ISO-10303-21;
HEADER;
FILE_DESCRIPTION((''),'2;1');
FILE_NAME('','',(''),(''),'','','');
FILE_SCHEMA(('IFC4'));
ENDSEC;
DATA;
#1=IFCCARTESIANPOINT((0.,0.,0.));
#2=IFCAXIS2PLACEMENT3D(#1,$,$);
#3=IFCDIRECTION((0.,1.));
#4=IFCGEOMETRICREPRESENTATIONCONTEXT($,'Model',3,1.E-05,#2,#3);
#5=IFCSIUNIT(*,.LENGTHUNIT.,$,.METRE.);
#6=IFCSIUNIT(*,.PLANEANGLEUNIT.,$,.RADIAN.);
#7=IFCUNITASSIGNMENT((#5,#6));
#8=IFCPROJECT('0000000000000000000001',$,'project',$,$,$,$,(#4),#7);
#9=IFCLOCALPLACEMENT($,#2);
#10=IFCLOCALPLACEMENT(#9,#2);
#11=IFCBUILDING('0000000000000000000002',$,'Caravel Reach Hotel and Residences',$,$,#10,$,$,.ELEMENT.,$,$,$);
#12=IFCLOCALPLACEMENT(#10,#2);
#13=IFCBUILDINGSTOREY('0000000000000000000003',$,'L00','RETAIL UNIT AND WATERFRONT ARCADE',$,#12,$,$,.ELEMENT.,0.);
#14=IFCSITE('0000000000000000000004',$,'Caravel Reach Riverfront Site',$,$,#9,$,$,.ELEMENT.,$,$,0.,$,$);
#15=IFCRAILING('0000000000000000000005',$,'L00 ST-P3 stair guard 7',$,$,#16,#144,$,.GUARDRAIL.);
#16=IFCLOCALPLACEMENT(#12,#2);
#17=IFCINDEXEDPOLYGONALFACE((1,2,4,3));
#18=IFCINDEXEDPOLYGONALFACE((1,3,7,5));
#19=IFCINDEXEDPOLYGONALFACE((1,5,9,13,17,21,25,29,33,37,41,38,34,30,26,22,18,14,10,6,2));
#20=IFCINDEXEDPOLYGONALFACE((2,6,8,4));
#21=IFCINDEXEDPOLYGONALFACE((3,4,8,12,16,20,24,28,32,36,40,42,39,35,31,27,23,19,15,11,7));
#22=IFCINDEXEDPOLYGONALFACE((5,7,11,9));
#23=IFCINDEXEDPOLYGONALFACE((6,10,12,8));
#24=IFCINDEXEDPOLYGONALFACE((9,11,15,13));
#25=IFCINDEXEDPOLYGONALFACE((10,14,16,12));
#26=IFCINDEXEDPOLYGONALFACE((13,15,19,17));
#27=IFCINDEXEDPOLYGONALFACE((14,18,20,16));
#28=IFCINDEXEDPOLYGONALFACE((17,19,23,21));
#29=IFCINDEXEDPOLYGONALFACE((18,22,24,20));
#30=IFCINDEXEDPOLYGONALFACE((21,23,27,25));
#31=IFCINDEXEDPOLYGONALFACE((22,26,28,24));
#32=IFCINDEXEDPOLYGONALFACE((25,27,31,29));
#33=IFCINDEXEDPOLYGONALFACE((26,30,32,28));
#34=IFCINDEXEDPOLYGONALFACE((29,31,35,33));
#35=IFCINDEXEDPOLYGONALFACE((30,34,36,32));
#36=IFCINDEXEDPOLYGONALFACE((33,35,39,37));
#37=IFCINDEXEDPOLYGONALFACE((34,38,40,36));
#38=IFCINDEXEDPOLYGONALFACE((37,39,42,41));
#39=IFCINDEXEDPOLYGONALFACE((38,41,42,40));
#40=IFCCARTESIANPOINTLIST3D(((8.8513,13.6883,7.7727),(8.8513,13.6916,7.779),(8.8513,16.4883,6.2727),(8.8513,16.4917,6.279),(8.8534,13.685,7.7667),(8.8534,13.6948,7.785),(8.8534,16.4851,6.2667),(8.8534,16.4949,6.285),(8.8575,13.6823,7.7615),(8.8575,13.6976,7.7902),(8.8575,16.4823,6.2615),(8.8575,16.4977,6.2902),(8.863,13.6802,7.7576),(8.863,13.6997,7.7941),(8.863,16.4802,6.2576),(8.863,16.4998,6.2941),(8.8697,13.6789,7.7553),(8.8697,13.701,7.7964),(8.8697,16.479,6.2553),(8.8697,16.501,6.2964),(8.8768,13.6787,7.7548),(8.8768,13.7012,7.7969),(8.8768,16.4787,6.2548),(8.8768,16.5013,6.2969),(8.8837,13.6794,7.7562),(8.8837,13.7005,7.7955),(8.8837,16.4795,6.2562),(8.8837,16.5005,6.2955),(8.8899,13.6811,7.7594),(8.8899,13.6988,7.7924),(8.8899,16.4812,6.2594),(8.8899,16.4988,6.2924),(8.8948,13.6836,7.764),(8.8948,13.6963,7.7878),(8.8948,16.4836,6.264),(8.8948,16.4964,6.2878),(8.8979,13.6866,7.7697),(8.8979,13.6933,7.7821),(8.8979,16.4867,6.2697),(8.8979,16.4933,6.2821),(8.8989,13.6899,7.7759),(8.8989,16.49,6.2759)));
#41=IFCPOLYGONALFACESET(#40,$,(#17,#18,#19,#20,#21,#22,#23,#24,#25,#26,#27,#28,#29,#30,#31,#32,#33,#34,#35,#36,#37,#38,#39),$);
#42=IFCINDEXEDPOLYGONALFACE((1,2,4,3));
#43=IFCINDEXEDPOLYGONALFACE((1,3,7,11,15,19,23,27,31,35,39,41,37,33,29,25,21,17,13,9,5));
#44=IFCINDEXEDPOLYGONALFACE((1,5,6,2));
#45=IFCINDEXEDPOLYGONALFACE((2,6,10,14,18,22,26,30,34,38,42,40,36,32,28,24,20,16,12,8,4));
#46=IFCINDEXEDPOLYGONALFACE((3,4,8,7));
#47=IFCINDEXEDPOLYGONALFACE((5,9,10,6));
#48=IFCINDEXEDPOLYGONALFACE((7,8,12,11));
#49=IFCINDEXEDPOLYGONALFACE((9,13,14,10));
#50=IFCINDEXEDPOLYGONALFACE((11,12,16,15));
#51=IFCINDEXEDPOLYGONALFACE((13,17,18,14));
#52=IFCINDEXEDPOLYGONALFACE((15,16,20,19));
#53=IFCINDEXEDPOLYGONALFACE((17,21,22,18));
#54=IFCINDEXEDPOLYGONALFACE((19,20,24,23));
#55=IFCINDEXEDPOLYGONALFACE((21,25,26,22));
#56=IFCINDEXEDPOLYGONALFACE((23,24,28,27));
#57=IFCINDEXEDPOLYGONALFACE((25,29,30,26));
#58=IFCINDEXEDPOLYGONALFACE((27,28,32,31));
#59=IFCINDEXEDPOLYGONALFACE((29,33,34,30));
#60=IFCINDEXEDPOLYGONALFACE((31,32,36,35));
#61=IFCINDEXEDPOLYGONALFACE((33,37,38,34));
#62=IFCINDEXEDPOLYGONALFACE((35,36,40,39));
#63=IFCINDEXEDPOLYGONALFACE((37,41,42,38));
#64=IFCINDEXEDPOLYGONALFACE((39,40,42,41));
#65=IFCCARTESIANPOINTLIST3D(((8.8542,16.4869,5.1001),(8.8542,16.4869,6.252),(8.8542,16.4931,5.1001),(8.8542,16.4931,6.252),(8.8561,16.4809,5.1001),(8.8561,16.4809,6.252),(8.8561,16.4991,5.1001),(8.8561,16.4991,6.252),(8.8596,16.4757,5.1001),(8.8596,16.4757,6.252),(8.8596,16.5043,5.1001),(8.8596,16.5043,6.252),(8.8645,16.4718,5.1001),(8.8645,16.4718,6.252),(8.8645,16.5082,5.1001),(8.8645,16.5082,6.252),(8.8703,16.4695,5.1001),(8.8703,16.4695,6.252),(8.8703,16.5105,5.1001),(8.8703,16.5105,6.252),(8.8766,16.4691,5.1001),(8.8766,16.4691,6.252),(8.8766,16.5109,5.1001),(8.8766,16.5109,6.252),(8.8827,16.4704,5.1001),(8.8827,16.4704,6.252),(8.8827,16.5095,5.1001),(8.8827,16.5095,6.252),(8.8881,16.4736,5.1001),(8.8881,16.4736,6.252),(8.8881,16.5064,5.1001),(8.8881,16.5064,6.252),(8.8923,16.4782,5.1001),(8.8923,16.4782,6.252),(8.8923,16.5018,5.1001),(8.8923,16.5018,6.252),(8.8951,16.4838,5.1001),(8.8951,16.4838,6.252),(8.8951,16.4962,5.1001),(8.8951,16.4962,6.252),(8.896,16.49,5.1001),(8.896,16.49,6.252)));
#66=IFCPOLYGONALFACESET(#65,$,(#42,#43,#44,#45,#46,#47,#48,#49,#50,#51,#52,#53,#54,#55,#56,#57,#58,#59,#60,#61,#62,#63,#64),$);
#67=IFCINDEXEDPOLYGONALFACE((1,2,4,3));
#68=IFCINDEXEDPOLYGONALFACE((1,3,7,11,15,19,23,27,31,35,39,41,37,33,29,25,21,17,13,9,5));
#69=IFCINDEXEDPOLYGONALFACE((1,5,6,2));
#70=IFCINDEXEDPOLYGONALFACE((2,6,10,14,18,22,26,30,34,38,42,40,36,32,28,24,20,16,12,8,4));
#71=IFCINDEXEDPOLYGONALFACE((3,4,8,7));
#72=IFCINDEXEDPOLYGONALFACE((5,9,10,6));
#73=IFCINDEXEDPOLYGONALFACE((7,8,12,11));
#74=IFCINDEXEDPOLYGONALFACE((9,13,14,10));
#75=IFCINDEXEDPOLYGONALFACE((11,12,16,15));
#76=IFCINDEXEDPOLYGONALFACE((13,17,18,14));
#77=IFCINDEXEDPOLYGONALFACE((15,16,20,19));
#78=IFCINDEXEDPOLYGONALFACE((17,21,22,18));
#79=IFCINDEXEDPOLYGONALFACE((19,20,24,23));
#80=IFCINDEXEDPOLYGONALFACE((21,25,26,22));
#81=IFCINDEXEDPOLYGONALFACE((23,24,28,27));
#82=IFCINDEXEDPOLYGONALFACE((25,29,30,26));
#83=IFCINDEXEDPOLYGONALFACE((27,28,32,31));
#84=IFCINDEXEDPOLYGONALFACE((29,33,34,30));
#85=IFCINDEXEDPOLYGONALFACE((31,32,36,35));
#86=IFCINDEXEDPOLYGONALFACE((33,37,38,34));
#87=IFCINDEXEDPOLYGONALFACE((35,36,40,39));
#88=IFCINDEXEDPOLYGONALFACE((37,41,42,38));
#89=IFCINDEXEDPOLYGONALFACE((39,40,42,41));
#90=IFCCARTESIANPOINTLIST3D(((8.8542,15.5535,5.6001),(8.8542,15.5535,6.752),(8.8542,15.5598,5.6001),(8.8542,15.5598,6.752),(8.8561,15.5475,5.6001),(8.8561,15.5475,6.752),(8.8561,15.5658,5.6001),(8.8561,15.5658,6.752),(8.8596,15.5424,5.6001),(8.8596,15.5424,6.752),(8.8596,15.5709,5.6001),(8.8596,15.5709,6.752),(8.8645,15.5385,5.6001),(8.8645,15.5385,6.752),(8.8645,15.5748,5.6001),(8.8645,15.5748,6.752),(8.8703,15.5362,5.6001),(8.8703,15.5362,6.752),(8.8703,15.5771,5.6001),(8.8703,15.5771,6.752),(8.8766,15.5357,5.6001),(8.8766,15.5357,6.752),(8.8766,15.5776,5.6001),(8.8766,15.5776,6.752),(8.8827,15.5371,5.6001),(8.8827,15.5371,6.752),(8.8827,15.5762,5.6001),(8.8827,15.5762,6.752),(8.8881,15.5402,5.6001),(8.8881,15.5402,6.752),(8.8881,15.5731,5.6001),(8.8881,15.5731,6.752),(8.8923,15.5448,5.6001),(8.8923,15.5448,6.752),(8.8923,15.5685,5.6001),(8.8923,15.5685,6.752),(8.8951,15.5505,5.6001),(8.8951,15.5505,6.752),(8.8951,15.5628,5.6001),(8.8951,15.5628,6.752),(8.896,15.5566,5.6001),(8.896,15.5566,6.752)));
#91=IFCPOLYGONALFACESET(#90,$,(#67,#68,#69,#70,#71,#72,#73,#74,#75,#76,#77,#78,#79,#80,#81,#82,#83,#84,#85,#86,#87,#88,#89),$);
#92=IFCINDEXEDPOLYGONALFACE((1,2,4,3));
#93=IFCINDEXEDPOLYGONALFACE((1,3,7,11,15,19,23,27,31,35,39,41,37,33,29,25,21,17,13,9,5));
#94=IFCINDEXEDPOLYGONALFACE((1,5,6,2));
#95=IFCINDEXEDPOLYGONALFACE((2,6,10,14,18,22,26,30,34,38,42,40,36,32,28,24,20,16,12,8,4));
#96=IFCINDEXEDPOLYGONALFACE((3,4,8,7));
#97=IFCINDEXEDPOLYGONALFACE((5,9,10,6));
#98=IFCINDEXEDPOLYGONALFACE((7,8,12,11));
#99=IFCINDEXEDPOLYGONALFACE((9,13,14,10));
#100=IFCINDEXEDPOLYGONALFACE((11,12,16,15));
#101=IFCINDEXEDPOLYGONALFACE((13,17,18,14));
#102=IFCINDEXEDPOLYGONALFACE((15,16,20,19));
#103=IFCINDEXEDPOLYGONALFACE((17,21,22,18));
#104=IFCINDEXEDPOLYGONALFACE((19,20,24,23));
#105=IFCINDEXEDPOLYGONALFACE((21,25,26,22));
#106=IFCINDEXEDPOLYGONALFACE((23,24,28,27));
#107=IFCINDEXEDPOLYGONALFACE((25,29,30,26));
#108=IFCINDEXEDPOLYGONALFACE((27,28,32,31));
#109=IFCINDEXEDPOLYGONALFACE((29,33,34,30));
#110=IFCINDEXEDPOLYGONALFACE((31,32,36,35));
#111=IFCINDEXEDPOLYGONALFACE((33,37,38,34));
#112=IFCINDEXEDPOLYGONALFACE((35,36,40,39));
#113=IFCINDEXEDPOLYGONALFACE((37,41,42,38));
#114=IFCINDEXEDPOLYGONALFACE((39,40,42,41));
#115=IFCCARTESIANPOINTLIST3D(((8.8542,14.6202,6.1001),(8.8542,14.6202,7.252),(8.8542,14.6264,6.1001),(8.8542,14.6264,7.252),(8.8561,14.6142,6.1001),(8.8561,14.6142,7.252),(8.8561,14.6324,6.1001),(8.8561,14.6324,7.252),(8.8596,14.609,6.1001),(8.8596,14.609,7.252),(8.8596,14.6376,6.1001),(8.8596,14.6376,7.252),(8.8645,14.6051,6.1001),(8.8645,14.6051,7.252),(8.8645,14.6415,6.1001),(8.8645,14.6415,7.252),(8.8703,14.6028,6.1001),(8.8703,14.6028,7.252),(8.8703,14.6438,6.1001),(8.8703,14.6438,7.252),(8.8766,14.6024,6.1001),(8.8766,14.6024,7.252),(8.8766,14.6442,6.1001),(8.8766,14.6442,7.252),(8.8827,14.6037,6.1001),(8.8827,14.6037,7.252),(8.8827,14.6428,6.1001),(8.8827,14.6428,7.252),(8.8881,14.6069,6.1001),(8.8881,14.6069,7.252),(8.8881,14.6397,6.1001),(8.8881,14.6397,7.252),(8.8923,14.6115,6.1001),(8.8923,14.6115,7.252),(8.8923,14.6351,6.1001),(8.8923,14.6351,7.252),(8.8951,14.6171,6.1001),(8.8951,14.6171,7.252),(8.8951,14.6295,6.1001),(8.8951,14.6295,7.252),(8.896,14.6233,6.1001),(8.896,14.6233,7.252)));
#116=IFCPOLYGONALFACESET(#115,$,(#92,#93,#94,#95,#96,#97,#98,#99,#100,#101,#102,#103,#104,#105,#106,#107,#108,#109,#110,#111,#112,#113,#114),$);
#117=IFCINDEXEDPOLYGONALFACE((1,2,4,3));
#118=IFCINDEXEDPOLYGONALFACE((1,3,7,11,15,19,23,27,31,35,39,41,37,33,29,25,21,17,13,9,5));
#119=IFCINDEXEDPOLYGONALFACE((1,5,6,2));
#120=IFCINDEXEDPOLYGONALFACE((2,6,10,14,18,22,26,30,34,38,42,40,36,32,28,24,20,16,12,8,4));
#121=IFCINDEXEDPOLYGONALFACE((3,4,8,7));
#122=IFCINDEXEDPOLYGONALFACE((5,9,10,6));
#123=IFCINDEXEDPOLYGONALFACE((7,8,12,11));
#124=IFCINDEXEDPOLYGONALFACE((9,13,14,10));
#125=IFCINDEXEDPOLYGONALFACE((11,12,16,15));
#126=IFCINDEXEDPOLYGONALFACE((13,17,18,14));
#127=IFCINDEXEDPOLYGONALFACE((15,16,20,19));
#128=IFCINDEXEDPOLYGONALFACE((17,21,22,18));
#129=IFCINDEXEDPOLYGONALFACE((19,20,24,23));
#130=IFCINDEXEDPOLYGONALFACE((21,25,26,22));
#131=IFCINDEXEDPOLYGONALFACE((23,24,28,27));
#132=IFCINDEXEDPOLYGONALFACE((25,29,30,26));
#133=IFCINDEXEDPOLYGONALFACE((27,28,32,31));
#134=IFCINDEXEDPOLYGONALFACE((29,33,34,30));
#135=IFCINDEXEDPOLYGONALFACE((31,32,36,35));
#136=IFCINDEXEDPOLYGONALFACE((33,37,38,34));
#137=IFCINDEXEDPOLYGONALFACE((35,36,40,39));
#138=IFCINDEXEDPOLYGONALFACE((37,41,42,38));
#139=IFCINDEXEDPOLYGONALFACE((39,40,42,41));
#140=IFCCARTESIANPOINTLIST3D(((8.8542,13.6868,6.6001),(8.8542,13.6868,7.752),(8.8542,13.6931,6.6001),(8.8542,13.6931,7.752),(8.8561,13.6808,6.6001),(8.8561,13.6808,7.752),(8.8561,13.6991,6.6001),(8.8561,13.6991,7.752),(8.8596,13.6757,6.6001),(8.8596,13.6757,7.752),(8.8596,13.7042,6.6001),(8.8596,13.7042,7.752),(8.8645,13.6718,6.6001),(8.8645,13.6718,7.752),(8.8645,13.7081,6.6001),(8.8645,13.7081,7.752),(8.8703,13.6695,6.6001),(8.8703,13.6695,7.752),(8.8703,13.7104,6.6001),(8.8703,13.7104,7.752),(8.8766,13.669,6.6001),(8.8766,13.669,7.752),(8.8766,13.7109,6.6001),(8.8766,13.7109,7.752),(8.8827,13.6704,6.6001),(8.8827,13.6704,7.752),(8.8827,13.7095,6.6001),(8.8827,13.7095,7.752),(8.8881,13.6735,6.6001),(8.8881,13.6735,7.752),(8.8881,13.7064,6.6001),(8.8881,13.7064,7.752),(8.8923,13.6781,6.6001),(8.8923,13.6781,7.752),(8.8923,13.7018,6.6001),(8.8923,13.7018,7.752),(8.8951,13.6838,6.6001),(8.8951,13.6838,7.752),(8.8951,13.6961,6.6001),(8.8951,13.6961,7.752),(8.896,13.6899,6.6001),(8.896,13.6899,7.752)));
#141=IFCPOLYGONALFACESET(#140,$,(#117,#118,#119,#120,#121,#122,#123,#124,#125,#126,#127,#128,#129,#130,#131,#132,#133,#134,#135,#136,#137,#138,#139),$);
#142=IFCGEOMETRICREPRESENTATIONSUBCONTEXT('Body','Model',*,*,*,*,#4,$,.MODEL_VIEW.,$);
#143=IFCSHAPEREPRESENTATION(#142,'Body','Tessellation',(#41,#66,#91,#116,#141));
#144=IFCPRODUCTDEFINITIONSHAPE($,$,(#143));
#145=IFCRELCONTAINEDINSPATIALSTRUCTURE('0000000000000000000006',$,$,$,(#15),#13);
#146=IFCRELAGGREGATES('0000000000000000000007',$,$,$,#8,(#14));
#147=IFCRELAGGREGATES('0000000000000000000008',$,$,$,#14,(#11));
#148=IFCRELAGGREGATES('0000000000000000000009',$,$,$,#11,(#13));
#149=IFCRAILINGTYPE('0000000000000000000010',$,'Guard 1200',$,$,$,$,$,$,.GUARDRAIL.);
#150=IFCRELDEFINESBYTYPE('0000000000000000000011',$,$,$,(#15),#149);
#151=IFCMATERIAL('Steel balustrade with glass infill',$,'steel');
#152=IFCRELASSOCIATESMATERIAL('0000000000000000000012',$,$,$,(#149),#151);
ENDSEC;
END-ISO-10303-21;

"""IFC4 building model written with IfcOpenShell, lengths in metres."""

from ifc_helpers import new_model, si_unit, direction, frame, origin, origin_2d, place, context, subcontext, project, spatial, circle, extrude, material, type_object, element, save


model = new_model("IFC4")

# Units and contexts
model_context = context("Model", 3, precision=1e-05, world=origin(), true_north=direction((0.0, 1.0)))
body_context = subcontext(model_context, "Body", "Model", "MODEL_VIEW")
ifc_project = project(units=[si_unit("LENGTHUNIT", "METRE"), si_unit("PLANEANGLEUNIT", "RADIAN")], contexts=[model_context])

# Site, building, storey
site_placement = place(None, origin())
site = spatial("IfcSite", under=ifc_project, at=site_placement, Name="Caravel Reach Riverfront Site", CompositionType="ELEMENT", RefElevation=0.0)
building_placement = place(site_placement, origin())
building = spatial("IfcBuilding", under=site, at=building_placement, Name="Caravel Reach Hotel and Residences", CompositionType="ELEMENT")
storey_placement = place(building_placement, origin())
storey = spatial("IfcBuildingStorey", under=building, at=storey_placement, Name="L00", Description="RETAIL UNIT AND WATERFRONT ARCADE", CompositionType="ELEMENT", Elevation=0.0)

# Railing
ifc_material_1 = material(Name="Steel balustrade with glass infill", Category="steel")
railing_type_1 = type_object("IfcRailingType", Name="Guard 1200", PredefinedType="GUARDRAIL", material=ifc_material_1)
railing_1_placement = place(storey_placement, frame((8.875, 16.49, 5.1001)))
element("IfcRailing", 1, at=railing_1_placement, inside=storey, type_object=railing_type_1, Name="L00 ST-P3 stair guard 7", PredefinedType="GUARDRAIL", context=body_context, shape_type="SweptSolid", body=[
    extrude(circle(Radius=0.0239, at=origin_2d()), frame((0.0, 0.0, 1.1758), z_axis=(0.0, -0.881483, 0.472215), x_axis=(1.0, 0.0, 0.0)), (0.0, 0.0, 1.0), 3.1765),
    extrude(circle(Radius=0.021, at=origin_2d()), origin(), (0.0, 0.0, 1.0), 1.1519),
    extrude(circle(Radius=0.021, at=origin_2d()), frame((0.0, -0.9333, 0.5)), (0.0, 0.0, 1.0), 1.1519),
    extrude(circle(Radius=0.021, at=origin_2d()), frame((0.0, -1.8667, 1.0)), (0.0, 0.0, 1.0), 1.1519),
    extrude(circle(Radius=0.021, at=origin_2d()), frame((0.0, -2.8, 1.5)), (0.0, 0.0, 1.0), 1.1519),
])

save(model, "model.ifc")
